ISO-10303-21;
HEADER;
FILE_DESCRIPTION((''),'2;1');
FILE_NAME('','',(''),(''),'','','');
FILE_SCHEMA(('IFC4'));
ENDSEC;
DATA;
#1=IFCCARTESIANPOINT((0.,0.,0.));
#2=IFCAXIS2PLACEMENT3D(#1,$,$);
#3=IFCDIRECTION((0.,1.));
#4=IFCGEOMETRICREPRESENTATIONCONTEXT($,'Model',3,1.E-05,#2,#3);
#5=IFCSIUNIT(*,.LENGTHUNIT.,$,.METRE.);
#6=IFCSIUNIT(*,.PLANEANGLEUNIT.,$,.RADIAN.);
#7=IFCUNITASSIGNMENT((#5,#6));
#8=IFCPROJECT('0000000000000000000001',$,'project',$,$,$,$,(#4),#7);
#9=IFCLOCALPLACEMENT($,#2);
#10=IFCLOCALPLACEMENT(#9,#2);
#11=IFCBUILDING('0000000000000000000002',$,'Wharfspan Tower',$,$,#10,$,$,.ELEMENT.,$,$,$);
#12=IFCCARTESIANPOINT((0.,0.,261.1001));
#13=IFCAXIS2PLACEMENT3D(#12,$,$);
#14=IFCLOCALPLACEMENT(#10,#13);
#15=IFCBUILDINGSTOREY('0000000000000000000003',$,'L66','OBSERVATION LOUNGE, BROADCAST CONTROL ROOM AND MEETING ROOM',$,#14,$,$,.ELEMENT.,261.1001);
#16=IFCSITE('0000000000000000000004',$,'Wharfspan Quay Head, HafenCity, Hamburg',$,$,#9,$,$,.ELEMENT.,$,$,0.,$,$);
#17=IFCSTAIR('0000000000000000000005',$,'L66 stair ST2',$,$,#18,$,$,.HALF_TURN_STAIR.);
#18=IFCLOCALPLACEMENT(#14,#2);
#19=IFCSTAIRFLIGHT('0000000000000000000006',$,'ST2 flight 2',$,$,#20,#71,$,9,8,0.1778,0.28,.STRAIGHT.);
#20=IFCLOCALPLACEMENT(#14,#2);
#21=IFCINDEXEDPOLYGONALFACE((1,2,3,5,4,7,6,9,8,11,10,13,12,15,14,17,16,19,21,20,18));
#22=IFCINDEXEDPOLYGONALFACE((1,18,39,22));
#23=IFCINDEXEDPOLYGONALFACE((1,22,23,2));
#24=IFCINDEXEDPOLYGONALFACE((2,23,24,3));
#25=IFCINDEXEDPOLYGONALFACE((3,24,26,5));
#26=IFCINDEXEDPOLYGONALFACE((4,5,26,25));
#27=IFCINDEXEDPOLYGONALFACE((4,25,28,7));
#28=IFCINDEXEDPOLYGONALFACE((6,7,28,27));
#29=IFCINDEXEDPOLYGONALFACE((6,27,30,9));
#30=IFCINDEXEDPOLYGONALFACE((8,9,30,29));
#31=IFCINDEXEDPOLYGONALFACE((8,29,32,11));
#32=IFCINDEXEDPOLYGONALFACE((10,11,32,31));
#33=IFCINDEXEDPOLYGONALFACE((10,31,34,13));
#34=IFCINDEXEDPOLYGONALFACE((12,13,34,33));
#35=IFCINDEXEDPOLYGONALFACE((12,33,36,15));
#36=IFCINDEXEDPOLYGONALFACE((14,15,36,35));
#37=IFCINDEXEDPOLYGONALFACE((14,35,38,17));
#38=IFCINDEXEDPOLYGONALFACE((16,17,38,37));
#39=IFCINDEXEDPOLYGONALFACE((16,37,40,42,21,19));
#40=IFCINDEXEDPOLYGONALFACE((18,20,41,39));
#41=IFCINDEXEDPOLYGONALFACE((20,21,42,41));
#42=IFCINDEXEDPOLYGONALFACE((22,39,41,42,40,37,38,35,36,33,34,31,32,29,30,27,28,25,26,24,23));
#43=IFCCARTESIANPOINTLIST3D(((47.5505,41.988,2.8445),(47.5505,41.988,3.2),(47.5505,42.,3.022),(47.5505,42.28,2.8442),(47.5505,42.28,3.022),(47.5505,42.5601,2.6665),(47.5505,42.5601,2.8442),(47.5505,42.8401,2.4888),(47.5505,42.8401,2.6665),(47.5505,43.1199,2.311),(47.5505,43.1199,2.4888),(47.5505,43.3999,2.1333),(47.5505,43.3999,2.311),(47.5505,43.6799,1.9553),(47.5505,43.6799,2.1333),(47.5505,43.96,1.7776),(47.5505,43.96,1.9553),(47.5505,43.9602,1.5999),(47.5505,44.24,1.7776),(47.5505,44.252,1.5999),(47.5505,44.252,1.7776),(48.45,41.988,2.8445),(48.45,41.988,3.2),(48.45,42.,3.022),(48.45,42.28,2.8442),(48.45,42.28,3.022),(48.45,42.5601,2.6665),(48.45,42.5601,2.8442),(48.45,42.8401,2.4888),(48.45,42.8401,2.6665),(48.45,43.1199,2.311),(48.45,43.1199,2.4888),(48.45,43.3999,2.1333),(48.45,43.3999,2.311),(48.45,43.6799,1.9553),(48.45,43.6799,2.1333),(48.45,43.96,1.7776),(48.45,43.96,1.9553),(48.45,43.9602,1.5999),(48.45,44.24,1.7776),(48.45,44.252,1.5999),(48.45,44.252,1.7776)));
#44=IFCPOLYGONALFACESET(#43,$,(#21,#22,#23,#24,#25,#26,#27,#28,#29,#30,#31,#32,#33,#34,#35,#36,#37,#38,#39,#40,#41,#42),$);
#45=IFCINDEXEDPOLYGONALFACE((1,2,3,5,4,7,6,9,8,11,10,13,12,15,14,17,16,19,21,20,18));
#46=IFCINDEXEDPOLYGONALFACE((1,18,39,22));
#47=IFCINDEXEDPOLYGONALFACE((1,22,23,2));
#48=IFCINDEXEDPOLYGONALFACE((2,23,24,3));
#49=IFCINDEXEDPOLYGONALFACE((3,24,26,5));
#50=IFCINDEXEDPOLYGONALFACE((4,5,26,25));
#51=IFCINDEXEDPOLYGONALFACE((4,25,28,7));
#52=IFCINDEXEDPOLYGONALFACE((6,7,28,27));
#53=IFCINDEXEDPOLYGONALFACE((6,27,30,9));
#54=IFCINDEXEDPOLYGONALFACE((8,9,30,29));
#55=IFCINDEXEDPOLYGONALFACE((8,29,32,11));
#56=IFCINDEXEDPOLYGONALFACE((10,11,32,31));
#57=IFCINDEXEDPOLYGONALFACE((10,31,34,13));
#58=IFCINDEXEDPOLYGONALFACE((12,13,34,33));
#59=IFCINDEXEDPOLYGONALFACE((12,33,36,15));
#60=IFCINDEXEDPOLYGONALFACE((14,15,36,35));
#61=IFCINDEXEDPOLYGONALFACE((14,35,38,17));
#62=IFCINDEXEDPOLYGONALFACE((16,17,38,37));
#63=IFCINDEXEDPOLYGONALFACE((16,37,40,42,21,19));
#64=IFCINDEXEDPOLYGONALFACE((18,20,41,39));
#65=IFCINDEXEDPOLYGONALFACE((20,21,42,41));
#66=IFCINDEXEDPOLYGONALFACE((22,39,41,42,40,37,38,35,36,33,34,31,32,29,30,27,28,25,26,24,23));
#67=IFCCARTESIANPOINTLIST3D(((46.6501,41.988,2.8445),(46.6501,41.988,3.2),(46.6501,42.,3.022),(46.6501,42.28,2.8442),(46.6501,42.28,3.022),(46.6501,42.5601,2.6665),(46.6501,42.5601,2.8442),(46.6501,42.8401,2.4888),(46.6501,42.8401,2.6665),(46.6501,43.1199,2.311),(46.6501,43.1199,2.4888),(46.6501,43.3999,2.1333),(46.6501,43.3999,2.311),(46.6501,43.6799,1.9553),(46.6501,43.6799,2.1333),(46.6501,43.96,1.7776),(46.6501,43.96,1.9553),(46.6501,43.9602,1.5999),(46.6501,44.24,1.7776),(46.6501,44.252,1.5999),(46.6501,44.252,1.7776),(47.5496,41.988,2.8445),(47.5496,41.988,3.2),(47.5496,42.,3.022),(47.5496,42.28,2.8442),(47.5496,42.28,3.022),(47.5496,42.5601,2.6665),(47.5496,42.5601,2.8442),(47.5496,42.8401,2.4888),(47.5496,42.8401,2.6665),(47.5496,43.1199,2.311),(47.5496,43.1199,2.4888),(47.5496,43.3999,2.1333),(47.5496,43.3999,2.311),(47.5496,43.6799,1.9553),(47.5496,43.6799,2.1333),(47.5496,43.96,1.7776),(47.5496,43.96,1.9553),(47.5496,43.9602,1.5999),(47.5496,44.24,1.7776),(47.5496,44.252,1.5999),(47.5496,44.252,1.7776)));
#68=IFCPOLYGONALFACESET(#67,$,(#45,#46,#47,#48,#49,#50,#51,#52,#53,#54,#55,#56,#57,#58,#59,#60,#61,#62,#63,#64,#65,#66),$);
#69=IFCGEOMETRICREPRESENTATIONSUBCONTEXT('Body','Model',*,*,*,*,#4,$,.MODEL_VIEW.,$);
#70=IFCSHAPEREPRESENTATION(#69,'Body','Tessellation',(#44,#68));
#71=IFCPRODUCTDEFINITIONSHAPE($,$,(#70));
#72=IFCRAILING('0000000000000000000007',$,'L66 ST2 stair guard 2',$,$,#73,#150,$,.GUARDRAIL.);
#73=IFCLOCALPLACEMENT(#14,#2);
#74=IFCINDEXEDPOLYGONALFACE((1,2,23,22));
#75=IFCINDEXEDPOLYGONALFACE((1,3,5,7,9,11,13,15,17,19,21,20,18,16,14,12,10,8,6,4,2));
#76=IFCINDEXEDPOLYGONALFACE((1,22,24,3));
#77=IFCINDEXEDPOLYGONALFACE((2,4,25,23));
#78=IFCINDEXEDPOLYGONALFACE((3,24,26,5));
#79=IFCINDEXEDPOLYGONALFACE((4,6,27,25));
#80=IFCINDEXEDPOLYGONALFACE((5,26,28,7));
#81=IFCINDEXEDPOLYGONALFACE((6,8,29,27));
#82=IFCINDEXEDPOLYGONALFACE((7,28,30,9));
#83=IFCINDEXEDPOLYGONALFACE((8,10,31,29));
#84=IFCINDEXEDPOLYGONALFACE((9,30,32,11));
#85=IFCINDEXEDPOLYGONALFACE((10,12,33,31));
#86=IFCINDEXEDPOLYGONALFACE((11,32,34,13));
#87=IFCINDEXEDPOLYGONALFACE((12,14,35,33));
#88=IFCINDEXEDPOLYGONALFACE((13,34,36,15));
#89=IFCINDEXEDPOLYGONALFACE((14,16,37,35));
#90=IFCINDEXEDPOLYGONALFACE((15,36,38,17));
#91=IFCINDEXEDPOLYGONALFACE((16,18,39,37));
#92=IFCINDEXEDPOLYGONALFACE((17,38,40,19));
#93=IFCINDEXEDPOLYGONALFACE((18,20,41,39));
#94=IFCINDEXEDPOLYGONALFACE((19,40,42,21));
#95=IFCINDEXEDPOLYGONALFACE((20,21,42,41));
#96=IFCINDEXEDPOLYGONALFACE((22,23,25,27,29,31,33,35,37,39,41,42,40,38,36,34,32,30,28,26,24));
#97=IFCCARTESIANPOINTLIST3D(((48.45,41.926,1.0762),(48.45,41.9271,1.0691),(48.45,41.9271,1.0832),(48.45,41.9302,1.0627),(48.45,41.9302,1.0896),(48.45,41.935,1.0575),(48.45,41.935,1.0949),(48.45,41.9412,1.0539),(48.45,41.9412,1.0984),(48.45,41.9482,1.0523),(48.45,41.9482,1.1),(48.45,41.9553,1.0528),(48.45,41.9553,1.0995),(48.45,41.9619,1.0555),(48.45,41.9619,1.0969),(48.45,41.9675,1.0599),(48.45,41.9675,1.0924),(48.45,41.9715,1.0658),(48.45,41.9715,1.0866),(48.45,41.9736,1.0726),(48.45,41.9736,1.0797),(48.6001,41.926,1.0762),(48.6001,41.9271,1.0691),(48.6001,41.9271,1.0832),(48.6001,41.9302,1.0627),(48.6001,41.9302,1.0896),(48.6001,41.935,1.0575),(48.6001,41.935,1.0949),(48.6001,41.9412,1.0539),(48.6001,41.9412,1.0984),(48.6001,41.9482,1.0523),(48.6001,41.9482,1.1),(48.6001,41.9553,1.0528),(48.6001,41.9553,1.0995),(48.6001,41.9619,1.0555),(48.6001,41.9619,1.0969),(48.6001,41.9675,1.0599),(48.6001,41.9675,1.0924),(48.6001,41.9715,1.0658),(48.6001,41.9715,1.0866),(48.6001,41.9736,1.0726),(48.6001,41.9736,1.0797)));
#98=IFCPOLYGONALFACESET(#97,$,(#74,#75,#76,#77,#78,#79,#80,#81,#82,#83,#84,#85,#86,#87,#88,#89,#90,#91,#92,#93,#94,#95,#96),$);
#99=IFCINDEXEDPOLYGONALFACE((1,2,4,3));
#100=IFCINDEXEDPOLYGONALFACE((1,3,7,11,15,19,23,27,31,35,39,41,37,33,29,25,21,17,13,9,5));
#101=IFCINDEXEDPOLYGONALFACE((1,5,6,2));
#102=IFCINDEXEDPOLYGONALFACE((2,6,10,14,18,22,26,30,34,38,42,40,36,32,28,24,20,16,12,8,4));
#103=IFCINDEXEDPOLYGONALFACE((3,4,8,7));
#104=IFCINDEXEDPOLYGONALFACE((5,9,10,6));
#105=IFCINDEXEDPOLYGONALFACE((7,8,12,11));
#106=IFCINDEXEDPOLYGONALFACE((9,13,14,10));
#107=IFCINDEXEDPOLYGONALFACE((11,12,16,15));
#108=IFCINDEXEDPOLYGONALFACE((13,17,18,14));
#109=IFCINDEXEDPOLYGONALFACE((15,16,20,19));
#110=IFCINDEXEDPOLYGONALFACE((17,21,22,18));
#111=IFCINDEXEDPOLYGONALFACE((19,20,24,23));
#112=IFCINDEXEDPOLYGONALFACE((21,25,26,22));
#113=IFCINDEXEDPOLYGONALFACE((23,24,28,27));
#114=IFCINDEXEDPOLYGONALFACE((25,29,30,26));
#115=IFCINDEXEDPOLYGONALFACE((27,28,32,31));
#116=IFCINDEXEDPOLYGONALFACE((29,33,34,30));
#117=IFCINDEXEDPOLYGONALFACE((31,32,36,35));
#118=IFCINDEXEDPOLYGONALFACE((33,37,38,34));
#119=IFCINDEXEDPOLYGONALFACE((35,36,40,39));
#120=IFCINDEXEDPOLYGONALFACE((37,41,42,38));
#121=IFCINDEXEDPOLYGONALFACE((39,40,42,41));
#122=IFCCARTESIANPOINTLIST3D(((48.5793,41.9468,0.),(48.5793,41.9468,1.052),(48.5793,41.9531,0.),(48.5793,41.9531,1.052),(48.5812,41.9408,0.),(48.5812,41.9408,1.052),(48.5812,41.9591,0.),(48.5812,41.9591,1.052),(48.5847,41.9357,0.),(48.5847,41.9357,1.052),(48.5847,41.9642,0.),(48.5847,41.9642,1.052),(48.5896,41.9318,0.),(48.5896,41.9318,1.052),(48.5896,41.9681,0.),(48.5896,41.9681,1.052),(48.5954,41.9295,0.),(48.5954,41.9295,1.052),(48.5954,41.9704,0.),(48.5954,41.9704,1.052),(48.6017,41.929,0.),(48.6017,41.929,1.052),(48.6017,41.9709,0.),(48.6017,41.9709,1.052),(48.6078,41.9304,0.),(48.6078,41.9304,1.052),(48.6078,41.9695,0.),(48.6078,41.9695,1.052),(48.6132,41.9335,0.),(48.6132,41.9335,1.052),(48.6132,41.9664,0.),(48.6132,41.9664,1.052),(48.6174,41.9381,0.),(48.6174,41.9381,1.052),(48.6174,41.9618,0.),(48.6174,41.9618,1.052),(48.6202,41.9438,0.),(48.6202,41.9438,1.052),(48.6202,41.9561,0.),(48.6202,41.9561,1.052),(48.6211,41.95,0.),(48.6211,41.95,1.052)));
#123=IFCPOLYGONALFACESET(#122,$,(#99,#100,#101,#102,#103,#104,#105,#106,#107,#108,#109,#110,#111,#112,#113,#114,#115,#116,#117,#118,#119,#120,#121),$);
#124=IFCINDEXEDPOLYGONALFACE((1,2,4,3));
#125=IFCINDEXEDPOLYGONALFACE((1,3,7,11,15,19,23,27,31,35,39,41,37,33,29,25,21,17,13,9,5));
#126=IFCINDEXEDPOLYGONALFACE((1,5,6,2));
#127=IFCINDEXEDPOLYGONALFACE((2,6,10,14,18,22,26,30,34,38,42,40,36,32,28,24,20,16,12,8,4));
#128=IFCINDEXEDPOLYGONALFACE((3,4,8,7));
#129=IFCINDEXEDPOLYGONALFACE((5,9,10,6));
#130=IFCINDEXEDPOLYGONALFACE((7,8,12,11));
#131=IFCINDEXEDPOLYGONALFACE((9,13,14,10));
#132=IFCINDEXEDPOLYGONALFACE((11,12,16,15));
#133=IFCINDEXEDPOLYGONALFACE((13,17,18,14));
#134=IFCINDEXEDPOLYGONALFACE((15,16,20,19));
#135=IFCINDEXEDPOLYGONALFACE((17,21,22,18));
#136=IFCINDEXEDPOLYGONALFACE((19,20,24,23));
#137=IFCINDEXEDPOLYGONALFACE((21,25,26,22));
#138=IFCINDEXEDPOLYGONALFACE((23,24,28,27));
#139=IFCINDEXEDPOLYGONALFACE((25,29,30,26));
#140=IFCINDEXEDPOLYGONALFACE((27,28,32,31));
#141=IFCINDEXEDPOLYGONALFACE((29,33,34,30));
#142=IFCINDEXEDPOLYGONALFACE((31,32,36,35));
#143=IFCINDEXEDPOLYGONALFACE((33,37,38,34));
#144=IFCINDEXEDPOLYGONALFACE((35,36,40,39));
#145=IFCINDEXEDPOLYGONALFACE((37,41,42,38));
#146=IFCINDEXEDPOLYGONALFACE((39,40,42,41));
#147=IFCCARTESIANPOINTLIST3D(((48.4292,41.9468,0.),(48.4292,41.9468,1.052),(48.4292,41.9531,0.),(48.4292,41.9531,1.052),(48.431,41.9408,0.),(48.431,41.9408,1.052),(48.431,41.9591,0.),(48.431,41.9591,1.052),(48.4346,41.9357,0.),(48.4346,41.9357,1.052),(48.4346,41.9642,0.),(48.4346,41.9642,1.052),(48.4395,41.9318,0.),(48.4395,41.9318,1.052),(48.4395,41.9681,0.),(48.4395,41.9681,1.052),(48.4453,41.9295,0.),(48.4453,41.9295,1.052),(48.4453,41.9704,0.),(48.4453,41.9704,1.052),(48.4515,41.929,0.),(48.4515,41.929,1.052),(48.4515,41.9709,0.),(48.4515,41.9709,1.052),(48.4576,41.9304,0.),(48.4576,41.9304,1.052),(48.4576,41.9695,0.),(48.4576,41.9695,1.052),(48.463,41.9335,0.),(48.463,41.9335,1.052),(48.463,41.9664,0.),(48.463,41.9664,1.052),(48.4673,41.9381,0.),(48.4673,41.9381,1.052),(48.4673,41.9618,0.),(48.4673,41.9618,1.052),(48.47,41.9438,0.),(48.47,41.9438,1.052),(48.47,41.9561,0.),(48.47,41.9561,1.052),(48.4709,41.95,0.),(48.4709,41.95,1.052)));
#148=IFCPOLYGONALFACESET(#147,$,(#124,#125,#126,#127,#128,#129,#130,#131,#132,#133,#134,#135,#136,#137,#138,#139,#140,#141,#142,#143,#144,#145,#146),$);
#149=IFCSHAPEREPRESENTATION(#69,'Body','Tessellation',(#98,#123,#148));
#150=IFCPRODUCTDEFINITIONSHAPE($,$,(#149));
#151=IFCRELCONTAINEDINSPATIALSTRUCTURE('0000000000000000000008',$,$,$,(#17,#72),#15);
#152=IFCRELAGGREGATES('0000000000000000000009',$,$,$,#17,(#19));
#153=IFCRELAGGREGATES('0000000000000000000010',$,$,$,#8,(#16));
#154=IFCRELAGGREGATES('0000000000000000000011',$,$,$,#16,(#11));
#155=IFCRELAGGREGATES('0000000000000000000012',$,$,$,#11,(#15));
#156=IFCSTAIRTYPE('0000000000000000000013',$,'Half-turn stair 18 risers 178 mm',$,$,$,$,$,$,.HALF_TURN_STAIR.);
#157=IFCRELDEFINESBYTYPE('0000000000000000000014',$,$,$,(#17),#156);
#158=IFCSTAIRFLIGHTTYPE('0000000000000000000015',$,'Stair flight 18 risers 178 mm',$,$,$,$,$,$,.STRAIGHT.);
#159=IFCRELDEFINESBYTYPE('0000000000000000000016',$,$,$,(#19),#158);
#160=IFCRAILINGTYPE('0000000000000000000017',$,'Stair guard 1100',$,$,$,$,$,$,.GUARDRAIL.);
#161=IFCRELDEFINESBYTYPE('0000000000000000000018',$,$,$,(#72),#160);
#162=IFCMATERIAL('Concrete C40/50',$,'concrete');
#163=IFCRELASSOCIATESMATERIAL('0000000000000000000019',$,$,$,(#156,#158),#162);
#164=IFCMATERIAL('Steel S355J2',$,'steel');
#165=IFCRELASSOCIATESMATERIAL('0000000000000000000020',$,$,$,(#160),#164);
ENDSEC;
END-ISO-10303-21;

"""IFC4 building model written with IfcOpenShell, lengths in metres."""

from ifc_helpers import new_model, si_unit, direction, frame, origin, origin_2d, place, context, subcontext, project, spatial, polyline, circle, outline, extrude, material, type_object, element, aggregate, save


model = new_model("IFC4")

# Units and contexts
model_context = context("Model", 3, precision=1e-05, world=origin(), true_north=direction((0.0, 1.0)))
body_context = subcontext(model_context, "Body", "Model", "MODEL_VIEW")
ifc_project = project(units=[si_unit("LENGTHUNIT", "METRE"), si_unit("PLANEANGLEUNIT", "RADIAN")], contexts=[model_context])

# Site, building, storey
site_placement = place(None, origin())
site = spatial("IfcSite", under=ifc_project, at=site_placement, Name="Wharfspan Quay Head, HafenCity, Hamburg", CompositionType="ELEMENT", RefElevation=0.0)
building_placement = place(site_placement, origin())
building = spatial("IfcBuilding", under=site, at=building_placement, Name="Wharfspan Tower", CompositionType="ELEMENT")
storey_placement = place(building_placement, frame((0.0, 0.0, 261.1001)))
storey = spatial("IfcBuildingStorey", under=building, at=storey_placement, Name="L66", Description="OBSERVATION LOUNGE, BROADCAST CONTROL ROOM AND MEETING ROOM", CompositionType="ELEMENT", Elevation=261.1001)

# Stair, stair flight
ifc_material_1 = material(Name="Concrete C40/50", Category="concrete")
stair_type = type_object("IfcStairType", Name="Half-turn stair 18 risers 178 mm", PredefinedType="HALF_TURN_STAIR", material=ifc_material_1)
stair_placement = place(storey_placement, origin())
stair = element("IfcStair", 1, at=stair_placement, inside=storey, type_object=stair_type, Name="L66 stair ST2", PredefinedType="HALF_TURN_STAIR")
stair_flight_type = type_object("IfcStairFlightType", Name="Stair flight 18 risers 178 mm", PredefinedType="STRAIGHT", material=ifc_material_1)
stair_flight_1_placement = place(storey_placement, frame((47.55, 44.24, 1.5999), z_axis=(0.0, 0.0, 1.0), x_axis=(0.0, -1.0, 0.0)))
stair_flight_1 = element("IfcStairFlight", 2, at=stair_flight_1_placement, type_object=stair_flight_type, Name="ST2 flight 2", NumberOfRisers=9, NumberOfTreads=8, PredefinedType="STRAIGHT", RiserHeight=0.1778, TreadLength=0.28, context=body_context, shape_type="SweptSolid", body=[
    extrude(outline(polyline([(-0.012, 0.0), (-0.012, 0.1777), (0.0, 0.1777), (0.28, 0.1777), (0.28, 0.3555), (0.5601, 0.3555), (0.5601, 0.5334), (0.8401, 0.5334), (0.8401, 0.7112), (1.1201, 0.7112), (1.1201, 0.8889), (1.3999, 0.8889), (1.3999, 1.0667), (1.6799, 1.0667), (1.6799, 1.2444), (1.96, 1.2444), (1.96, 1.4221), (2.24, 1.4221), (2.252, 1.6001), (2.252, 1.2446), (0.2798, 0.0), (-0.012, 0.0)])), frame((0.0, 0.8999, 0.0), z_axis=(0.0, -1.0, 0.0), x_axis=(1.0, 0.0, 0.0)), (0.0, 0.0, 1.0), 0.8994),
    extrude(outline(polyline([(-0.012, 0.0), (-0.012, 0.1777), (0.0, 0.1777), (0.28, 0.1777), (0.28, 0.3555), (0.5601, 0.3555), (0.5601, 0.5334), (0.8401, 0.5334), (0.8401, 0.7112), (1.1201, 0.7112), (1.1201, 0.8889), (1.3999, 0.8889), (1.3999, 1.0667), (1.6799, 1.0667), (1.6799, 1.2444), (1.96, 1.2444), (1.96, 1.4221), (2.24, 1.4221), (2.252, 1.6001), (2.252, 1.2446), (0.2798, 0.0), (-0.012, 0.0)])), frame((0.0, -0.0005, 0.0), z_axis=(0.0, -1.0, 0.0), x_axis=(1.0, 0.0, 0.0)), (0.0, 0.0, 1.0), 0.8994),
])
aggregate(stair, [stair_flight_1])

# Railing
ifc_material_2 = material(Name="Steel S355J2", Category="steel")
railing_type_1 = type_object("IfcRailingType", Name="Stair guard 1100", PredefinedType="GUARDRAIL", material=ifc_material_2)
railing_1_placement = place(storey_placement, frame((48.6001, 41.95, 0.0)))
element("IfcRailing", 3, at=railing_1_placement, inside=storey, type_object=railing_type_1, Name="L66 ST2 stair guard 2", PredefinedType="GUARDRAIL", context=body_context, shape_type="SweptSolid", body=[
    extrude(circle(Radius=0.0239, at=origin_2d()), frame((0.0, 0.0, 1.0762), z_axis=(-1.0, 0.0, 0.0), x_axis=(0.0, -1.0, 0.0)), (0.0, 0.0, 1.0), 0.1501),
    extrude(circle(Radius=0.021, at=origin_2d()), origin(), (0.0, 0.0, 1.0), 1.052),
    extrude(circle(Radius=0.021, at=origin_2d()), frame((-0.1501, 0.0, 0.0)), (0.0, 0.0, 1.0), 1.052),
])

save(model, "model.ifc")
